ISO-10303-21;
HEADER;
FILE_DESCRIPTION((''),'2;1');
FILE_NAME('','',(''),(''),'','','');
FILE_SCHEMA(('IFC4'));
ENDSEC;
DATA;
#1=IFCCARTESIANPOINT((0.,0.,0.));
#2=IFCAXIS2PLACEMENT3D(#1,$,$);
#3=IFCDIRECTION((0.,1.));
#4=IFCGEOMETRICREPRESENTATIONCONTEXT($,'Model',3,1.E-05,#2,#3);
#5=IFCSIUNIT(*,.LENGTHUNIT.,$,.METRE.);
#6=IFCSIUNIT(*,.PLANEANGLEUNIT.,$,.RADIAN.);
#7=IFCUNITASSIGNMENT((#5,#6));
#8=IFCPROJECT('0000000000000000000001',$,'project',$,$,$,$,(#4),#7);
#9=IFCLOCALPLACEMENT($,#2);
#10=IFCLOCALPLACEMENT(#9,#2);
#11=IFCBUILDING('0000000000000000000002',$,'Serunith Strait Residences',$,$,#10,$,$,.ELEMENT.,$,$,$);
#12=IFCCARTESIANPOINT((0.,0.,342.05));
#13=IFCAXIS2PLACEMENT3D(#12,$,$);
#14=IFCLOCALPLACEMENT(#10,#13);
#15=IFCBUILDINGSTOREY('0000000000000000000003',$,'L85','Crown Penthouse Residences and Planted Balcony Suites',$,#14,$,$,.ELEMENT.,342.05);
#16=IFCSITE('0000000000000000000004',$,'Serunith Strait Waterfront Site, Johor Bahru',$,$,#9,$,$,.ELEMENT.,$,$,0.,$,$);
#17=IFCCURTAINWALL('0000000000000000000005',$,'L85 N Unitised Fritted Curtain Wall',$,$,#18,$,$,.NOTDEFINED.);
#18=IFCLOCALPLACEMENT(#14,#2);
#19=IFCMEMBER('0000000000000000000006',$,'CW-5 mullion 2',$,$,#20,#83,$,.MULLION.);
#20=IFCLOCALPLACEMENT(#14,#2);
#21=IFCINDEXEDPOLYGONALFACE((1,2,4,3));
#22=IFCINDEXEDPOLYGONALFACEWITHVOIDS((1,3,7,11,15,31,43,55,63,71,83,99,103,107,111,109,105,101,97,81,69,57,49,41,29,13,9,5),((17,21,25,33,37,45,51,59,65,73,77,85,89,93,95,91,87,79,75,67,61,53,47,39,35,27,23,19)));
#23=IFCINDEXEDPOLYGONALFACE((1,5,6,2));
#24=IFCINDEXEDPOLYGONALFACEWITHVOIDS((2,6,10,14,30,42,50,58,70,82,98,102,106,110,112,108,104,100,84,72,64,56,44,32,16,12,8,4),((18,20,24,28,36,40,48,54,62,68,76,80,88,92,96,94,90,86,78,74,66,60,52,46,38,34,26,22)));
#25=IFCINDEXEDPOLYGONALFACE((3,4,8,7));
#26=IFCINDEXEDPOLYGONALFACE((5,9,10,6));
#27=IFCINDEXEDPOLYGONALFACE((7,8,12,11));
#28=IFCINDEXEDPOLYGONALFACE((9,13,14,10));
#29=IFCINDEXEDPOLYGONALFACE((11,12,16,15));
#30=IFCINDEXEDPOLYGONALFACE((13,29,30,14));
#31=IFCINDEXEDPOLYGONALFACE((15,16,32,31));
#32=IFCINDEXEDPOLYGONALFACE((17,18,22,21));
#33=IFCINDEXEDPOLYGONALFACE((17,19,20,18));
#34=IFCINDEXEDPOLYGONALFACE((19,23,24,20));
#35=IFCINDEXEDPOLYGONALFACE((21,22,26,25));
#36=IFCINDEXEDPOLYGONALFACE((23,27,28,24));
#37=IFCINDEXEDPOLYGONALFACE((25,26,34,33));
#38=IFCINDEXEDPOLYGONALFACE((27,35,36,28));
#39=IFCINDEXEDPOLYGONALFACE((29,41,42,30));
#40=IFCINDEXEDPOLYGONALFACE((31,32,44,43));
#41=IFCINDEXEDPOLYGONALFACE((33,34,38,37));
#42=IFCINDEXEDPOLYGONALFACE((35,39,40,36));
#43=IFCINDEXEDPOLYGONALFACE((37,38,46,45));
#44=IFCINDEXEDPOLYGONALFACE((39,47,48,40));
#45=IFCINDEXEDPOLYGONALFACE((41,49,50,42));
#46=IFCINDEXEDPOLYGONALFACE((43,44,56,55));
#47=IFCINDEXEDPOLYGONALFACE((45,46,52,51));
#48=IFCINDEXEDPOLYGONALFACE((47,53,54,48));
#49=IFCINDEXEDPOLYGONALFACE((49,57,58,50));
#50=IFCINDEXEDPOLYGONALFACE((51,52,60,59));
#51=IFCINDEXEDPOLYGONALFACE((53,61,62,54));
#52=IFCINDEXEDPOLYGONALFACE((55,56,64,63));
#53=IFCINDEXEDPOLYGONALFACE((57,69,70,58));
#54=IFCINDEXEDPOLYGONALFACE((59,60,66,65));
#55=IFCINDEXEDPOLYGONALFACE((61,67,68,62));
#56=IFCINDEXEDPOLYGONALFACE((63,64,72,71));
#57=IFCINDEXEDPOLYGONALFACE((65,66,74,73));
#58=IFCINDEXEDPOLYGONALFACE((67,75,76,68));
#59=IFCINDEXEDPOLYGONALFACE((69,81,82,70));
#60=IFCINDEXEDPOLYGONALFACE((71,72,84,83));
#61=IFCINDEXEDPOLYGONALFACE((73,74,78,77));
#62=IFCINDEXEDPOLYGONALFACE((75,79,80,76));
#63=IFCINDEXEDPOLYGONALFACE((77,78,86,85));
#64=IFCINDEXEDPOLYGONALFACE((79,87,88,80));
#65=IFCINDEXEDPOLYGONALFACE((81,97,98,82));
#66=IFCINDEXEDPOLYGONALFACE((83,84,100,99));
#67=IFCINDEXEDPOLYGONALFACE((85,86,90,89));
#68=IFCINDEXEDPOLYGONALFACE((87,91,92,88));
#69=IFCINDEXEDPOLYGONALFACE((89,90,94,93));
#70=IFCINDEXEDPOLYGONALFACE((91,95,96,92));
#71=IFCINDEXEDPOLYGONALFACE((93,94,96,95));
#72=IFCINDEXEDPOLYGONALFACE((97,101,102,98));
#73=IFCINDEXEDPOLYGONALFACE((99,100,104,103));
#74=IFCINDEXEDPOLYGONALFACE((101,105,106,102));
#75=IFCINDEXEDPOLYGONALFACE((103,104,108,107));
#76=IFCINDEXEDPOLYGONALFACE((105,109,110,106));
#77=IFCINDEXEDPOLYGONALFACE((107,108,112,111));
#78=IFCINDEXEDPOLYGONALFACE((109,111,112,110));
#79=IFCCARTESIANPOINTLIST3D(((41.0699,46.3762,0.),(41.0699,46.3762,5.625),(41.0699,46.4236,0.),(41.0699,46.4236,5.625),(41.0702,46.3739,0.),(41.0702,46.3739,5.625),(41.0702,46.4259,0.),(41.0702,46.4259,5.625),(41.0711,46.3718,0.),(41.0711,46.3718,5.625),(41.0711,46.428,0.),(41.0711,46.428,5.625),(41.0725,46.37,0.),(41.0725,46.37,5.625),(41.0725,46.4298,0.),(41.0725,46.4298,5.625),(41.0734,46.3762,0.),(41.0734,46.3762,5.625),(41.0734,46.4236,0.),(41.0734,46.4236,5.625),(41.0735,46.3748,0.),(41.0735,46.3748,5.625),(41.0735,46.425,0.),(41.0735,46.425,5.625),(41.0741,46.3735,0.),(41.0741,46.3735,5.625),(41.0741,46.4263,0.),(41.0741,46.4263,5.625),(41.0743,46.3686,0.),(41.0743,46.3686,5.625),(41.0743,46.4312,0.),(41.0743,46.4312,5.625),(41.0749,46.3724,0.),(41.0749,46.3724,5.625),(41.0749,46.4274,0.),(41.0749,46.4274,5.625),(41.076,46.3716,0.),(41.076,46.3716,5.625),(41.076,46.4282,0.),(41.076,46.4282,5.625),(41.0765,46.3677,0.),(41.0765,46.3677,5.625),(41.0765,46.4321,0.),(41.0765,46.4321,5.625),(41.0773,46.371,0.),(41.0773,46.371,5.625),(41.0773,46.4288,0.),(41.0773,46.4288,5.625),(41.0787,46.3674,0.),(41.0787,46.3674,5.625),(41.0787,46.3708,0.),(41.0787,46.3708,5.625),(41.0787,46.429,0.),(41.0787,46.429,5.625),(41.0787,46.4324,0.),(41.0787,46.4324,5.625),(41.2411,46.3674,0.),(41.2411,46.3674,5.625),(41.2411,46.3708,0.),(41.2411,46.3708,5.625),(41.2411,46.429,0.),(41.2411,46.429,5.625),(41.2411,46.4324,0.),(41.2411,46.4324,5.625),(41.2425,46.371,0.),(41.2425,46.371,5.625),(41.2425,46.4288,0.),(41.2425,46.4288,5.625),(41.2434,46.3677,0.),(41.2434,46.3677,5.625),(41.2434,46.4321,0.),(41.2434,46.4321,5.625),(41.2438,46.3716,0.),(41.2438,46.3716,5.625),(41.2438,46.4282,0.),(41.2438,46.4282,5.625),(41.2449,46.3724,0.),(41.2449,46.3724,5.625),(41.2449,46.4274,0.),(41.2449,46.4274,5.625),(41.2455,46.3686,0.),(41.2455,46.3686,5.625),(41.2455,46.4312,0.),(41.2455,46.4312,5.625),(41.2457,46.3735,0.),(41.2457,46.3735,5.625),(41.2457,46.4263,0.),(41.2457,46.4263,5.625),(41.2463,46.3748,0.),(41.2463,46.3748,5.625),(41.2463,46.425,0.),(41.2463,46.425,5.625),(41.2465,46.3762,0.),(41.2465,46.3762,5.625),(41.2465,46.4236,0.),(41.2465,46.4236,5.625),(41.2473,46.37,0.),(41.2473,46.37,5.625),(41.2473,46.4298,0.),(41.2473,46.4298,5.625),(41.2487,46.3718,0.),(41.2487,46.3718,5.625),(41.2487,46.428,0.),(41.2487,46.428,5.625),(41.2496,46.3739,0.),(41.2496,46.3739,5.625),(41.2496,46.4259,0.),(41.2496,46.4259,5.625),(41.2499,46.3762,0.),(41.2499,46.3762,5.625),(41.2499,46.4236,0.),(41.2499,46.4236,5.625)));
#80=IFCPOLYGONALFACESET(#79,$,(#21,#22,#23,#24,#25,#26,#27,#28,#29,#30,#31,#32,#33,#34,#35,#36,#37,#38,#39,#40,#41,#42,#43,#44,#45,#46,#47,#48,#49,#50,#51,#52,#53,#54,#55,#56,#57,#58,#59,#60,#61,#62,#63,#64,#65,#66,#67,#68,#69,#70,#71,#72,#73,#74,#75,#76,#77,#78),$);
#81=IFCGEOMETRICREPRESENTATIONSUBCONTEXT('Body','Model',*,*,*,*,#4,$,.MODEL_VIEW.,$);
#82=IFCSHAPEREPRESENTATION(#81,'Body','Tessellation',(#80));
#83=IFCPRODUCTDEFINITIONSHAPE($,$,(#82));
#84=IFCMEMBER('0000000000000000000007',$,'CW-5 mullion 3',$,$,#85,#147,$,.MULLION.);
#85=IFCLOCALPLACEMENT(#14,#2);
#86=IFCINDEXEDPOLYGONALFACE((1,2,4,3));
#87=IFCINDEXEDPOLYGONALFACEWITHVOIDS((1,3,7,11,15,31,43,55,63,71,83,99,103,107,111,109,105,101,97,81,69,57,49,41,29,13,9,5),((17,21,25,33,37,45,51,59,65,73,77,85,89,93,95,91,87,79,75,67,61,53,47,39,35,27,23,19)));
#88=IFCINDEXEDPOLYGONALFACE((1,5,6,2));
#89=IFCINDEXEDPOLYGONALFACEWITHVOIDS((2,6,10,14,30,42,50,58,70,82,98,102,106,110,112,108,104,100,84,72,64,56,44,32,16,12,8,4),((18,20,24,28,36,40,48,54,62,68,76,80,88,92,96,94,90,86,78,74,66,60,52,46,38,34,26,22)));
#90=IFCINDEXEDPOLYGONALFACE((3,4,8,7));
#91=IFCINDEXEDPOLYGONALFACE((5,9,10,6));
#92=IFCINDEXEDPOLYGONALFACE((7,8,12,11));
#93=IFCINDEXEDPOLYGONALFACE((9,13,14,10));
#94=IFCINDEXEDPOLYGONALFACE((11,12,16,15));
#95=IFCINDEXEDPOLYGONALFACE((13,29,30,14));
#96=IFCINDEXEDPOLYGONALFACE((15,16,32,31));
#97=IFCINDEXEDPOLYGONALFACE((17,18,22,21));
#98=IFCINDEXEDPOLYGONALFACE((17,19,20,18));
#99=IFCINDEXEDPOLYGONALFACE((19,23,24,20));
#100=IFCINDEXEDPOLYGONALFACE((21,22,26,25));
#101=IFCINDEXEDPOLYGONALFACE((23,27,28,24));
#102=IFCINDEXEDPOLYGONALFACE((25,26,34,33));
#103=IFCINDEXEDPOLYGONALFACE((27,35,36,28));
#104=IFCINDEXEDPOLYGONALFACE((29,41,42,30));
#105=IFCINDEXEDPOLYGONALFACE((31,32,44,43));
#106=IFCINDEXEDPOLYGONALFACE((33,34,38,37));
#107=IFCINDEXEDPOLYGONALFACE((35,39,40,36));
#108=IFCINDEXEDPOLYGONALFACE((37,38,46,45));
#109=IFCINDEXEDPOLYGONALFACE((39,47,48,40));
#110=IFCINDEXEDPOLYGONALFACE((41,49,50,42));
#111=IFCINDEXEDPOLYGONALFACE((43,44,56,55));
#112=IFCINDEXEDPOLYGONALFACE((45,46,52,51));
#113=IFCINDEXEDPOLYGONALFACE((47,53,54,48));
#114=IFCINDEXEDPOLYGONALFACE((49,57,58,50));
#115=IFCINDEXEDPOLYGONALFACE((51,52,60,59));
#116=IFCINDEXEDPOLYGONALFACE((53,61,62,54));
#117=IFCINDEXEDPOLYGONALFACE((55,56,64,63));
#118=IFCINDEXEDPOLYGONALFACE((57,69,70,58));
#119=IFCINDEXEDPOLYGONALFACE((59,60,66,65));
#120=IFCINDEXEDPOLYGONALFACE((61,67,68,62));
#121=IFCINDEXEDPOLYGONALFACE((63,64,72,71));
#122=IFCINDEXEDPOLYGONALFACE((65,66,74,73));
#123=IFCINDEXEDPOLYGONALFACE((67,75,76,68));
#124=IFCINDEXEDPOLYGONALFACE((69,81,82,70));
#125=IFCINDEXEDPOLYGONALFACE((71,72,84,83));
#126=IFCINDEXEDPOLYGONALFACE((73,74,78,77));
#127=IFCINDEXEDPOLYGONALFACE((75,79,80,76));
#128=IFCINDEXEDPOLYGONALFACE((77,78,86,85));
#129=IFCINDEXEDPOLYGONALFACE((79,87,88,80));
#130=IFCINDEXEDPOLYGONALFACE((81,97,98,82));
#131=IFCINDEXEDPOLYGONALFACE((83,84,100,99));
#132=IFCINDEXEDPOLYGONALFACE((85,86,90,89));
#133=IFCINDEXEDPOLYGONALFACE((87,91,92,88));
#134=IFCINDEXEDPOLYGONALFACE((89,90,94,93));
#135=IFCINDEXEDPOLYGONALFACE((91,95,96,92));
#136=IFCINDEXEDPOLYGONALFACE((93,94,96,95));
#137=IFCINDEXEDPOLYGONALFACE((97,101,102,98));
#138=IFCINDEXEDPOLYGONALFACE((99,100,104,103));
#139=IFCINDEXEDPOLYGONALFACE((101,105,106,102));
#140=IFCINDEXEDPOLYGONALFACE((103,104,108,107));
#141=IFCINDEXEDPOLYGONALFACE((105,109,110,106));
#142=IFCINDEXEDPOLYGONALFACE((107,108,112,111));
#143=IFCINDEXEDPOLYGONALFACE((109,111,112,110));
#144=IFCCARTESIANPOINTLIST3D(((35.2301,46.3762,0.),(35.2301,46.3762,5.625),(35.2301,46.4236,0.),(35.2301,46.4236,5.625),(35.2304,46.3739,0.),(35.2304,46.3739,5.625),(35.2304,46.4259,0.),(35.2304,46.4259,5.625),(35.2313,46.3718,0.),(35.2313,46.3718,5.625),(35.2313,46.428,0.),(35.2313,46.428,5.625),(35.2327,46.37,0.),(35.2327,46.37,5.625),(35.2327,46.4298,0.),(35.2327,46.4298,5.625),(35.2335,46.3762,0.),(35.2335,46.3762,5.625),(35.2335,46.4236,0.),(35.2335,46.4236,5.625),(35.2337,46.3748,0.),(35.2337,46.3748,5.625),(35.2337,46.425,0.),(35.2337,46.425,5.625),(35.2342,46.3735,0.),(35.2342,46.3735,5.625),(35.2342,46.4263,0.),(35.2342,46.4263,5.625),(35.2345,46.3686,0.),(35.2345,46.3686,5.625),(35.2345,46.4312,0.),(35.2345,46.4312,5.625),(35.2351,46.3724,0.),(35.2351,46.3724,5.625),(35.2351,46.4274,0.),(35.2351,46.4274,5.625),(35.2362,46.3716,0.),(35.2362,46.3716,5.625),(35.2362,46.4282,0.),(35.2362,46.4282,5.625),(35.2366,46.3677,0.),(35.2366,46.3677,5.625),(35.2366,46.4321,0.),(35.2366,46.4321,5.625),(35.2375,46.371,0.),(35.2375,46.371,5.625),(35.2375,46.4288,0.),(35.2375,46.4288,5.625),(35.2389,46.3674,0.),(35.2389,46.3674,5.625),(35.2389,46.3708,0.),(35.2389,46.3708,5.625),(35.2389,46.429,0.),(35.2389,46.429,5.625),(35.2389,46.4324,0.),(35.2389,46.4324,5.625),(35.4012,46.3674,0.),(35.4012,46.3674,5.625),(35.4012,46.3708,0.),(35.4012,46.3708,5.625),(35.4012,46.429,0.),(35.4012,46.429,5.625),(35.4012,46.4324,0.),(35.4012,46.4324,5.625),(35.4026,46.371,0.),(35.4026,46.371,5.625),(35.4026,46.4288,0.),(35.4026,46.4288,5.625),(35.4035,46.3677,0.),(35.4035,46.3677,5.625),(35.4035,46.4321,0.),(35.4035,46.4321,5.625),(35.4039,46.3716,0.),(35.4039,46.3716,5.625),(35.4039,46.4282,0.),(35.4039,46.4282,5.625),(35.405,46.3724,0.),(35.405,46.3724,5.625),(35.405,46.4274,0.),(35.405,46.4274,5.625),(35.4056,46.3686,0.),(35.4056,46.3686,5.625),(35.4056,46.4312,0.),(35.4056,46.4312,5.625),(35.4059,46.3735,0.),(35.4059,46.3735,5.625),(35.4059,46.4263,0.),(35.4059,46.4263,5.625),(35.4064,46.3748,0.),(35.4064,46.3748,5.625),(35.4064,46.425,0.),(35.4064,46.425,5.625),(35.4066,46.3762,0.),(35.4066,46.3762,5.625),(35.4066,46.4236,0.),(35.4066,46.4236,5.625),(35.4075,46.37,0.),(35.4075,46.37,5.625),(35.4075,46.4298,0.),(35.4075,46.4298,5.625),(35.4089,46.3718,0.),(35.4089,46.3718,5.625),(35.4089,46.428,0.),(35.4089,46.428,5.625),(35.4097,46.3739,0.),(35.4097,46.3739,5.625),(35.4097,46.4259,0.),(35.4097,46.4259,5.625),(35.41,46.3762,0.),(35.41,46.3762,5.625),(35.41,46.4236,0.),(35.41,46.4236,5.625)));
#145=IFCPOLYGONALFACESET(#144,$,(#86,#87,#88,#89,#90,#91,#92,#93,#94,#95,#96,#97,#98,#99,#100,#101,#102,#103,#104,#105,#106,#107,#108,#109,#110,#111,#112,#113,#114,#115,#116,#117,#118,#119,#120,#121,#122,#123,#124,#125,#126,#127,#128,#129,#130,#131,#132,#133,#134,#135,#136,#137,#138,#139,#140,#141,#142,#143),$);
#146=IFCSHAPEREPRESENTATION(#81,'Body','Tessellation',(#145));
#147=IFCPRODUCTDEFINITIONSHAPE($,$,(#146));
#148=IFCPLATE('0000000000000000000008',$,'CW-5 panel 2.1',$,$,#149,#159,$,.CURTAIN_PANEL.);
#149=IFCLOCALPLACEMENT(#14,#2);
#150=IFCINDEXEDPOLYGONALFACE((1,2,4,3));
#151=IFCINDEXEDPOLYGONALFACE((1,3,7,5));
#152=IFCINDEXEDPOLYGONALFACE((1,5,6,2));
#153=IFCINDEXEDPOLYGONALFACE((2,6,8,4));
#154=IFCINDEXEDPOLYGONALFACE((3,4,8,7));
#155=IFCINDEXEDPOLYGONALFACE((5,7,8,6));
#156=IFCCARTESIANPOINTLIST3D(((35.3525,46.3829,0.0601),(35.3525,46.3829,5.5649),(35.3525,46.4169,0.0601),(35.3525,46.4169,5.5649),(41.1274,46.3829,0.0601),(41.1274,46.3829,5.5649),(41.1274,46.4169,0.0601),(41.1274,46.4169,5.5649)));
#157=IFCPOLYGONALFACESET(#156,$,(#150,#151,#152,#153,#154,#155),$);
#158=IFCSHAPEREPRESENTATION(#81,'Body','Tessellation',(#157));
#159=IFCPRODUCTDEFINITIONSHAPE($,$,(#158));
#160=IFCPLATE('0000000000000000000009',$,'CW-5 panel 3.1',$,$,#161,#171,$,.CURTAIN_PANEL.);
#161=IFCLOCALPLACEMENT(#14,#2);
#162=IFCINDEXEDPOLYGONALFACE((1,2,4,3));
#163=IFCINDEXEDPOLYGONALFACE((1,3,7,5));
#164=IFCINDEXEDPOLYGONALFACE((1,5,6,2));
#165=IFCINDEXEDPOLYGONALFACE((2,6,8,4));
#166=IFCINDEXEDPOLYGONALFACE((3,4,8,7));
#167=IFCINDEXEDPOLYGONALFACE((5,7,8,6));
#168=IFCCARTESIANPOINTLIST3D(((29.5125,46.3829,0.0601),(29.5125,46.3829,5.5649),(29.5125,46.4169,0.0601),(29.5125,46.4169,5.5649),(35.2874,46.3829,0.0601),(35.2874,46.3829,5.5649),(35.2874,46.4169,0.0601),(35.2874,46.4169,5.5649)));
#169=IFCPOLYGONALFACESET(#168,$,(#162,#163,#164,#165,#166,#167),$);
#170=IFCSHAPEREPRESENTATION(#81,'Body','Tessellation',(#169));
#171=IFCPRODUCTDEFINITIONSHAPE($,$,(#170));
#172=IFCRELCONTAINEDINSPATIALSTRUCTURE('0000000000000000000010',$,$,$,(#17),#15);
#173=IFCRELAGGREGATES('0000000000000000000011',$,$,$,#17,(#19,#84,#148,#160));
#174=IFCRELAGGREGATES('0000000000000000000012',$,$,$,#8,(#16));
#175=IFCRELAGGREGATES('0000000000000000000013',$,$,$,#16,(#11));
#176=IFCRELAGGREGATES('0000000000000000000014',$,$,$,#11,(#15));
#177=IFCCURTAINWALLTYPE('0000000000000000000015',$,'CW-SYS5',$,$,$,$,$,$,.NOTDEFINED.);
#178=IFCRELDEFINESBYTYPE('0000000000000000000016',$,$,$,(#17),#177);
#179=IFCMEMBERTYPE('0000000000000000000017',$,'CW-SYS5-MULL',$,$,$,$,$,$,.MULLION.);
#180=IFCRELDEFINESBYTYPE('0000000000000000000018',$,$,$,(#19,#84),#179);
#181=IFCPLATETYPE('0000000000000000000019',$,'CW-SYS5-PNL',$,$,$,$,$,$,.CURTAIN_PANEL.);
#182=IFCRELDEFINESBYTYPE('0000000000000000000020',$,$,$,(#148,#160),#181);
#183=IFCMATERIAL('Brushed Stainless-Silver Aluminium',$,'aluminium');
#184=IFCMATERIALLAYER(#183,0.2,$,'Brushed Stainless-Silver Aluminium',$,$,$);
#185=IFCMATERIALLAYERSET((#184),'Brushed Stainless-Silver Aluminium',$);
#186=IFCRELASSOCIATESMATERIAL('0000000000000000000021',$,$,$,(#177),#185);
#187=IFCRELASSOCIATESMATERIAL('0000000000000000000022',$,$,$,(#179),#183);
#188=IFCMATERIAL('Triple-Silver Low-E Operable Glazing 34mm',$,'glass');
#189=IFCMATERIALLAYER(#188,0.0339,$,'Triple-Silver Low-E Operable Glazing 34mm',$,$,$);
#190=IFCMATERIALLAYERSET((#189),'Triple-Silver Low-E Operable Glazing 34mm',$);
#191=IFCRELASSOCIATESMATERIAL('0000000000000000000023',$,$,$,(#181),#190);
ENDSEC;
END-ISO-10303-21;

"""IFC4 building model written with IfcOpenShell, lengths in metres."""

from ifc_helpers import new_model, si_unit, direction, frame, origin, origin_2d, place, context, subcontext, project, spatial, rectangle, hollow_rectangle, extrude, source, transform, mapped, material, layer, layer_set, material_profile, profile_set, type_object, element, aggregate, save


model = new_model("IFC4")

# Units and contexts
model_context = context("Model", 3, precision=1e-05, world=origin(), true_north=direction((0.0, 1.0)))
body_context = subcontext(model_context, "Body", "Model", "MODEL_VIEW")
ifc_project = project(units=[si_unit("LENGTHUNIT", "METRE"), si_unit("PLANEANGLEUNIT", "RADIAN")], contexts=[model_context])

# Site, building, storey
site_placement = place(None, origin())
site = spatial("IfcSite", under=ifc_project, at=site_placement, Name="Serunith Strait Waterfront Site, Johor Bahru", CompositionType="ELEMENT", RefElevation=0.0)
building_placement = place(site_placement, origin())
building = spatial("IfcBuilding", under=site, at=building_placement, Name="Serunith Strait Residences", CompositionType="ELEMENT")
storey_placement = place(building_placement, frame((0.0, 0.0, 342.05)))
storey = spatial("IfcBuildingStorey", under=building, at=storey_placement, Name="L85", Description="Crown Penthouse Residences and Planted Balcony Suites", CompositionType="ELEMENT", Elevation=342.05)

# Curtain wall, members, plates
ifc_material_1 = material(Name="Brushed Stainless-Silver Aluminium", Category="aluminium")
ifc_layer_1 = layer(ifc_material_1, 0.2, Name="Brushed Stainless-Silver Aluminium")
ifc_layer_set_1 = layer_set([ifc_layer_1], Name="Brushed Stainless-Silver Aluminium")
curtain_wall_type = type_object("IfcCurtainWallType", Name="CW-SYS5", PredefinedType="NOTDEFINED", material=ifc_layer_set_1)
curtain_wall_placement = place(storey_placement, origin())
curtain_wall = element("IfcCurtainWall", 1, at=curtain_wall_placement, inside=storey, type_object=curtain_wall_type, Name="L85 N Unitised Fritted Curtain Wall", PredefinedType="NOTDEFINED")
ifc_material_profile_1 = material_profile(ifc_material_1, hollow_rectangle(XDim=0.0649, YDim=0.1799, WallThickness=0.0034, InnerFilletRadius=0.0054, OuterFilletRadius=0.0088, at=origin_2d()), Name="ALU 180x65x3.5")
ifc_profile_set_1 = profile_set([ifc_material_profile_1], Name="Brushed Stainless-Silver Aluminium")
member_type_1 = type_object("IfcMemberType", Name="CW-SYS5-MULL", PredefinedType="MULLION", material=ifc_profile_set_1)
shared_shape_1 = source(origin(), body_context, "Body", "SweptSolid", [
    extrude(hollow_rectangle(XDim=0.0649, YDim=0.1799, WallThickness=0.0034, InnerFilletRadius=0.0054, OuterFilletRadius=0.0088, at=origin_2d()), origin(), (0.0, 0.0, 1.0), 5.625),
])
member_1_placement = place(storey_placement, frame((41.1599, 46.3999, 0.0), z_axis=(0.0, 0.0, 1.0), x_axis=(0.0, -1.0, 0.0)))
member_1 = element("IfcMember", 2, at=member_1_placement, type_object=member_type_1, Name="CW-5 mullion 2", PredefinedType="MULLION", context=body_context, shape_type="MappedRepresentation", body=[
    mapped(shared_shape_1, transform((0.0, 0.0, 0.0), scale=1.0)),
])
member_2_placement = place(storey_placement, frame((35.3201, 46.3999, 0.0), z_axis=(0.0, 0.0, 1.0), x_axis=(0.0, -1.0, 0.0)))
member_2 = element("IfcMember", 3, at=member_2_placement, type_object=member_type_1, Name="CW-5 mullion 3", PredefinedType="MULLION", context=body_context, shape_type="MappedRepresentation", body=[
    mapped(shared_shape_1, transform((0.0, 0.0, 0.0), scale=1.0)),
])
ifc_material_2 = material(Name="Triple-Silver Low-E Operable Glazing 34mm", Category="glass")
ifc_layer_2 = layer(ifc_material_2, 0.0339, Name="Triple-Silver Low-E Operable Glazing 34mm")
ifc_layer_set_2 = layer_set([ifc_layer_2], Name="Triple-Silver Low-E Operable Glazing 34mm")
plate_type = type_object("IfcPlateType", Name="CW-SYS5-PNL", PredefinedType="CURTAIN_PANEL", material=ifc_layer_set_2)
shared_shape_2 = source(origin(), body_context, "Body", "SweptSolid", [
    extrude(rectangle(XDim=5.7749, YDim=0.0339, at=origin_2d()), origin(), (0.0, 0.0, 1.0), 5.5049),
])
plate_1_placement = place(storey_placement, frame((38.24, 46.3999, 0.0601), z_axis=(0.0, 0.0, 1.0), x_axis=(-1.0, 0.0, 0.0)))
plate_1 = element("IfcPlate", 4, at=plate_1_placement, type_object=plate_type, Name="CW-5 panel 2.1", PredefinedType="CURTAIN_PANEL", context=body_context, shape_type="MappedRepresentation", body=[
    mapped(shared_shape_2, transform((0.0, 0.0, 0.0), scale=1.0)),
])
plate_2_placement = place(storey_placement, frame((32.3999, 46.3999, 0.0601), z_axis=(0.0, 0.0, 1.0), x_axis=(-1.0, 0.0, 0.0)))
plate_2 = element("IfcPlate", 5, at=plate_2_placement, type_object=plate_type, Name="CW-5 panel 3.1", PredefinedType="CURTAIN_PANEL", context=body_context, shape_type="MappedRepresentation", body=[
    mapped(shared_shape_2, transform((0.0, 0.0, 0.0), scale=1.0)),
])
aggregate(curtain_wall, [member_1, member_2, plate_1, plate_2])

save(model, "model.ifc")
